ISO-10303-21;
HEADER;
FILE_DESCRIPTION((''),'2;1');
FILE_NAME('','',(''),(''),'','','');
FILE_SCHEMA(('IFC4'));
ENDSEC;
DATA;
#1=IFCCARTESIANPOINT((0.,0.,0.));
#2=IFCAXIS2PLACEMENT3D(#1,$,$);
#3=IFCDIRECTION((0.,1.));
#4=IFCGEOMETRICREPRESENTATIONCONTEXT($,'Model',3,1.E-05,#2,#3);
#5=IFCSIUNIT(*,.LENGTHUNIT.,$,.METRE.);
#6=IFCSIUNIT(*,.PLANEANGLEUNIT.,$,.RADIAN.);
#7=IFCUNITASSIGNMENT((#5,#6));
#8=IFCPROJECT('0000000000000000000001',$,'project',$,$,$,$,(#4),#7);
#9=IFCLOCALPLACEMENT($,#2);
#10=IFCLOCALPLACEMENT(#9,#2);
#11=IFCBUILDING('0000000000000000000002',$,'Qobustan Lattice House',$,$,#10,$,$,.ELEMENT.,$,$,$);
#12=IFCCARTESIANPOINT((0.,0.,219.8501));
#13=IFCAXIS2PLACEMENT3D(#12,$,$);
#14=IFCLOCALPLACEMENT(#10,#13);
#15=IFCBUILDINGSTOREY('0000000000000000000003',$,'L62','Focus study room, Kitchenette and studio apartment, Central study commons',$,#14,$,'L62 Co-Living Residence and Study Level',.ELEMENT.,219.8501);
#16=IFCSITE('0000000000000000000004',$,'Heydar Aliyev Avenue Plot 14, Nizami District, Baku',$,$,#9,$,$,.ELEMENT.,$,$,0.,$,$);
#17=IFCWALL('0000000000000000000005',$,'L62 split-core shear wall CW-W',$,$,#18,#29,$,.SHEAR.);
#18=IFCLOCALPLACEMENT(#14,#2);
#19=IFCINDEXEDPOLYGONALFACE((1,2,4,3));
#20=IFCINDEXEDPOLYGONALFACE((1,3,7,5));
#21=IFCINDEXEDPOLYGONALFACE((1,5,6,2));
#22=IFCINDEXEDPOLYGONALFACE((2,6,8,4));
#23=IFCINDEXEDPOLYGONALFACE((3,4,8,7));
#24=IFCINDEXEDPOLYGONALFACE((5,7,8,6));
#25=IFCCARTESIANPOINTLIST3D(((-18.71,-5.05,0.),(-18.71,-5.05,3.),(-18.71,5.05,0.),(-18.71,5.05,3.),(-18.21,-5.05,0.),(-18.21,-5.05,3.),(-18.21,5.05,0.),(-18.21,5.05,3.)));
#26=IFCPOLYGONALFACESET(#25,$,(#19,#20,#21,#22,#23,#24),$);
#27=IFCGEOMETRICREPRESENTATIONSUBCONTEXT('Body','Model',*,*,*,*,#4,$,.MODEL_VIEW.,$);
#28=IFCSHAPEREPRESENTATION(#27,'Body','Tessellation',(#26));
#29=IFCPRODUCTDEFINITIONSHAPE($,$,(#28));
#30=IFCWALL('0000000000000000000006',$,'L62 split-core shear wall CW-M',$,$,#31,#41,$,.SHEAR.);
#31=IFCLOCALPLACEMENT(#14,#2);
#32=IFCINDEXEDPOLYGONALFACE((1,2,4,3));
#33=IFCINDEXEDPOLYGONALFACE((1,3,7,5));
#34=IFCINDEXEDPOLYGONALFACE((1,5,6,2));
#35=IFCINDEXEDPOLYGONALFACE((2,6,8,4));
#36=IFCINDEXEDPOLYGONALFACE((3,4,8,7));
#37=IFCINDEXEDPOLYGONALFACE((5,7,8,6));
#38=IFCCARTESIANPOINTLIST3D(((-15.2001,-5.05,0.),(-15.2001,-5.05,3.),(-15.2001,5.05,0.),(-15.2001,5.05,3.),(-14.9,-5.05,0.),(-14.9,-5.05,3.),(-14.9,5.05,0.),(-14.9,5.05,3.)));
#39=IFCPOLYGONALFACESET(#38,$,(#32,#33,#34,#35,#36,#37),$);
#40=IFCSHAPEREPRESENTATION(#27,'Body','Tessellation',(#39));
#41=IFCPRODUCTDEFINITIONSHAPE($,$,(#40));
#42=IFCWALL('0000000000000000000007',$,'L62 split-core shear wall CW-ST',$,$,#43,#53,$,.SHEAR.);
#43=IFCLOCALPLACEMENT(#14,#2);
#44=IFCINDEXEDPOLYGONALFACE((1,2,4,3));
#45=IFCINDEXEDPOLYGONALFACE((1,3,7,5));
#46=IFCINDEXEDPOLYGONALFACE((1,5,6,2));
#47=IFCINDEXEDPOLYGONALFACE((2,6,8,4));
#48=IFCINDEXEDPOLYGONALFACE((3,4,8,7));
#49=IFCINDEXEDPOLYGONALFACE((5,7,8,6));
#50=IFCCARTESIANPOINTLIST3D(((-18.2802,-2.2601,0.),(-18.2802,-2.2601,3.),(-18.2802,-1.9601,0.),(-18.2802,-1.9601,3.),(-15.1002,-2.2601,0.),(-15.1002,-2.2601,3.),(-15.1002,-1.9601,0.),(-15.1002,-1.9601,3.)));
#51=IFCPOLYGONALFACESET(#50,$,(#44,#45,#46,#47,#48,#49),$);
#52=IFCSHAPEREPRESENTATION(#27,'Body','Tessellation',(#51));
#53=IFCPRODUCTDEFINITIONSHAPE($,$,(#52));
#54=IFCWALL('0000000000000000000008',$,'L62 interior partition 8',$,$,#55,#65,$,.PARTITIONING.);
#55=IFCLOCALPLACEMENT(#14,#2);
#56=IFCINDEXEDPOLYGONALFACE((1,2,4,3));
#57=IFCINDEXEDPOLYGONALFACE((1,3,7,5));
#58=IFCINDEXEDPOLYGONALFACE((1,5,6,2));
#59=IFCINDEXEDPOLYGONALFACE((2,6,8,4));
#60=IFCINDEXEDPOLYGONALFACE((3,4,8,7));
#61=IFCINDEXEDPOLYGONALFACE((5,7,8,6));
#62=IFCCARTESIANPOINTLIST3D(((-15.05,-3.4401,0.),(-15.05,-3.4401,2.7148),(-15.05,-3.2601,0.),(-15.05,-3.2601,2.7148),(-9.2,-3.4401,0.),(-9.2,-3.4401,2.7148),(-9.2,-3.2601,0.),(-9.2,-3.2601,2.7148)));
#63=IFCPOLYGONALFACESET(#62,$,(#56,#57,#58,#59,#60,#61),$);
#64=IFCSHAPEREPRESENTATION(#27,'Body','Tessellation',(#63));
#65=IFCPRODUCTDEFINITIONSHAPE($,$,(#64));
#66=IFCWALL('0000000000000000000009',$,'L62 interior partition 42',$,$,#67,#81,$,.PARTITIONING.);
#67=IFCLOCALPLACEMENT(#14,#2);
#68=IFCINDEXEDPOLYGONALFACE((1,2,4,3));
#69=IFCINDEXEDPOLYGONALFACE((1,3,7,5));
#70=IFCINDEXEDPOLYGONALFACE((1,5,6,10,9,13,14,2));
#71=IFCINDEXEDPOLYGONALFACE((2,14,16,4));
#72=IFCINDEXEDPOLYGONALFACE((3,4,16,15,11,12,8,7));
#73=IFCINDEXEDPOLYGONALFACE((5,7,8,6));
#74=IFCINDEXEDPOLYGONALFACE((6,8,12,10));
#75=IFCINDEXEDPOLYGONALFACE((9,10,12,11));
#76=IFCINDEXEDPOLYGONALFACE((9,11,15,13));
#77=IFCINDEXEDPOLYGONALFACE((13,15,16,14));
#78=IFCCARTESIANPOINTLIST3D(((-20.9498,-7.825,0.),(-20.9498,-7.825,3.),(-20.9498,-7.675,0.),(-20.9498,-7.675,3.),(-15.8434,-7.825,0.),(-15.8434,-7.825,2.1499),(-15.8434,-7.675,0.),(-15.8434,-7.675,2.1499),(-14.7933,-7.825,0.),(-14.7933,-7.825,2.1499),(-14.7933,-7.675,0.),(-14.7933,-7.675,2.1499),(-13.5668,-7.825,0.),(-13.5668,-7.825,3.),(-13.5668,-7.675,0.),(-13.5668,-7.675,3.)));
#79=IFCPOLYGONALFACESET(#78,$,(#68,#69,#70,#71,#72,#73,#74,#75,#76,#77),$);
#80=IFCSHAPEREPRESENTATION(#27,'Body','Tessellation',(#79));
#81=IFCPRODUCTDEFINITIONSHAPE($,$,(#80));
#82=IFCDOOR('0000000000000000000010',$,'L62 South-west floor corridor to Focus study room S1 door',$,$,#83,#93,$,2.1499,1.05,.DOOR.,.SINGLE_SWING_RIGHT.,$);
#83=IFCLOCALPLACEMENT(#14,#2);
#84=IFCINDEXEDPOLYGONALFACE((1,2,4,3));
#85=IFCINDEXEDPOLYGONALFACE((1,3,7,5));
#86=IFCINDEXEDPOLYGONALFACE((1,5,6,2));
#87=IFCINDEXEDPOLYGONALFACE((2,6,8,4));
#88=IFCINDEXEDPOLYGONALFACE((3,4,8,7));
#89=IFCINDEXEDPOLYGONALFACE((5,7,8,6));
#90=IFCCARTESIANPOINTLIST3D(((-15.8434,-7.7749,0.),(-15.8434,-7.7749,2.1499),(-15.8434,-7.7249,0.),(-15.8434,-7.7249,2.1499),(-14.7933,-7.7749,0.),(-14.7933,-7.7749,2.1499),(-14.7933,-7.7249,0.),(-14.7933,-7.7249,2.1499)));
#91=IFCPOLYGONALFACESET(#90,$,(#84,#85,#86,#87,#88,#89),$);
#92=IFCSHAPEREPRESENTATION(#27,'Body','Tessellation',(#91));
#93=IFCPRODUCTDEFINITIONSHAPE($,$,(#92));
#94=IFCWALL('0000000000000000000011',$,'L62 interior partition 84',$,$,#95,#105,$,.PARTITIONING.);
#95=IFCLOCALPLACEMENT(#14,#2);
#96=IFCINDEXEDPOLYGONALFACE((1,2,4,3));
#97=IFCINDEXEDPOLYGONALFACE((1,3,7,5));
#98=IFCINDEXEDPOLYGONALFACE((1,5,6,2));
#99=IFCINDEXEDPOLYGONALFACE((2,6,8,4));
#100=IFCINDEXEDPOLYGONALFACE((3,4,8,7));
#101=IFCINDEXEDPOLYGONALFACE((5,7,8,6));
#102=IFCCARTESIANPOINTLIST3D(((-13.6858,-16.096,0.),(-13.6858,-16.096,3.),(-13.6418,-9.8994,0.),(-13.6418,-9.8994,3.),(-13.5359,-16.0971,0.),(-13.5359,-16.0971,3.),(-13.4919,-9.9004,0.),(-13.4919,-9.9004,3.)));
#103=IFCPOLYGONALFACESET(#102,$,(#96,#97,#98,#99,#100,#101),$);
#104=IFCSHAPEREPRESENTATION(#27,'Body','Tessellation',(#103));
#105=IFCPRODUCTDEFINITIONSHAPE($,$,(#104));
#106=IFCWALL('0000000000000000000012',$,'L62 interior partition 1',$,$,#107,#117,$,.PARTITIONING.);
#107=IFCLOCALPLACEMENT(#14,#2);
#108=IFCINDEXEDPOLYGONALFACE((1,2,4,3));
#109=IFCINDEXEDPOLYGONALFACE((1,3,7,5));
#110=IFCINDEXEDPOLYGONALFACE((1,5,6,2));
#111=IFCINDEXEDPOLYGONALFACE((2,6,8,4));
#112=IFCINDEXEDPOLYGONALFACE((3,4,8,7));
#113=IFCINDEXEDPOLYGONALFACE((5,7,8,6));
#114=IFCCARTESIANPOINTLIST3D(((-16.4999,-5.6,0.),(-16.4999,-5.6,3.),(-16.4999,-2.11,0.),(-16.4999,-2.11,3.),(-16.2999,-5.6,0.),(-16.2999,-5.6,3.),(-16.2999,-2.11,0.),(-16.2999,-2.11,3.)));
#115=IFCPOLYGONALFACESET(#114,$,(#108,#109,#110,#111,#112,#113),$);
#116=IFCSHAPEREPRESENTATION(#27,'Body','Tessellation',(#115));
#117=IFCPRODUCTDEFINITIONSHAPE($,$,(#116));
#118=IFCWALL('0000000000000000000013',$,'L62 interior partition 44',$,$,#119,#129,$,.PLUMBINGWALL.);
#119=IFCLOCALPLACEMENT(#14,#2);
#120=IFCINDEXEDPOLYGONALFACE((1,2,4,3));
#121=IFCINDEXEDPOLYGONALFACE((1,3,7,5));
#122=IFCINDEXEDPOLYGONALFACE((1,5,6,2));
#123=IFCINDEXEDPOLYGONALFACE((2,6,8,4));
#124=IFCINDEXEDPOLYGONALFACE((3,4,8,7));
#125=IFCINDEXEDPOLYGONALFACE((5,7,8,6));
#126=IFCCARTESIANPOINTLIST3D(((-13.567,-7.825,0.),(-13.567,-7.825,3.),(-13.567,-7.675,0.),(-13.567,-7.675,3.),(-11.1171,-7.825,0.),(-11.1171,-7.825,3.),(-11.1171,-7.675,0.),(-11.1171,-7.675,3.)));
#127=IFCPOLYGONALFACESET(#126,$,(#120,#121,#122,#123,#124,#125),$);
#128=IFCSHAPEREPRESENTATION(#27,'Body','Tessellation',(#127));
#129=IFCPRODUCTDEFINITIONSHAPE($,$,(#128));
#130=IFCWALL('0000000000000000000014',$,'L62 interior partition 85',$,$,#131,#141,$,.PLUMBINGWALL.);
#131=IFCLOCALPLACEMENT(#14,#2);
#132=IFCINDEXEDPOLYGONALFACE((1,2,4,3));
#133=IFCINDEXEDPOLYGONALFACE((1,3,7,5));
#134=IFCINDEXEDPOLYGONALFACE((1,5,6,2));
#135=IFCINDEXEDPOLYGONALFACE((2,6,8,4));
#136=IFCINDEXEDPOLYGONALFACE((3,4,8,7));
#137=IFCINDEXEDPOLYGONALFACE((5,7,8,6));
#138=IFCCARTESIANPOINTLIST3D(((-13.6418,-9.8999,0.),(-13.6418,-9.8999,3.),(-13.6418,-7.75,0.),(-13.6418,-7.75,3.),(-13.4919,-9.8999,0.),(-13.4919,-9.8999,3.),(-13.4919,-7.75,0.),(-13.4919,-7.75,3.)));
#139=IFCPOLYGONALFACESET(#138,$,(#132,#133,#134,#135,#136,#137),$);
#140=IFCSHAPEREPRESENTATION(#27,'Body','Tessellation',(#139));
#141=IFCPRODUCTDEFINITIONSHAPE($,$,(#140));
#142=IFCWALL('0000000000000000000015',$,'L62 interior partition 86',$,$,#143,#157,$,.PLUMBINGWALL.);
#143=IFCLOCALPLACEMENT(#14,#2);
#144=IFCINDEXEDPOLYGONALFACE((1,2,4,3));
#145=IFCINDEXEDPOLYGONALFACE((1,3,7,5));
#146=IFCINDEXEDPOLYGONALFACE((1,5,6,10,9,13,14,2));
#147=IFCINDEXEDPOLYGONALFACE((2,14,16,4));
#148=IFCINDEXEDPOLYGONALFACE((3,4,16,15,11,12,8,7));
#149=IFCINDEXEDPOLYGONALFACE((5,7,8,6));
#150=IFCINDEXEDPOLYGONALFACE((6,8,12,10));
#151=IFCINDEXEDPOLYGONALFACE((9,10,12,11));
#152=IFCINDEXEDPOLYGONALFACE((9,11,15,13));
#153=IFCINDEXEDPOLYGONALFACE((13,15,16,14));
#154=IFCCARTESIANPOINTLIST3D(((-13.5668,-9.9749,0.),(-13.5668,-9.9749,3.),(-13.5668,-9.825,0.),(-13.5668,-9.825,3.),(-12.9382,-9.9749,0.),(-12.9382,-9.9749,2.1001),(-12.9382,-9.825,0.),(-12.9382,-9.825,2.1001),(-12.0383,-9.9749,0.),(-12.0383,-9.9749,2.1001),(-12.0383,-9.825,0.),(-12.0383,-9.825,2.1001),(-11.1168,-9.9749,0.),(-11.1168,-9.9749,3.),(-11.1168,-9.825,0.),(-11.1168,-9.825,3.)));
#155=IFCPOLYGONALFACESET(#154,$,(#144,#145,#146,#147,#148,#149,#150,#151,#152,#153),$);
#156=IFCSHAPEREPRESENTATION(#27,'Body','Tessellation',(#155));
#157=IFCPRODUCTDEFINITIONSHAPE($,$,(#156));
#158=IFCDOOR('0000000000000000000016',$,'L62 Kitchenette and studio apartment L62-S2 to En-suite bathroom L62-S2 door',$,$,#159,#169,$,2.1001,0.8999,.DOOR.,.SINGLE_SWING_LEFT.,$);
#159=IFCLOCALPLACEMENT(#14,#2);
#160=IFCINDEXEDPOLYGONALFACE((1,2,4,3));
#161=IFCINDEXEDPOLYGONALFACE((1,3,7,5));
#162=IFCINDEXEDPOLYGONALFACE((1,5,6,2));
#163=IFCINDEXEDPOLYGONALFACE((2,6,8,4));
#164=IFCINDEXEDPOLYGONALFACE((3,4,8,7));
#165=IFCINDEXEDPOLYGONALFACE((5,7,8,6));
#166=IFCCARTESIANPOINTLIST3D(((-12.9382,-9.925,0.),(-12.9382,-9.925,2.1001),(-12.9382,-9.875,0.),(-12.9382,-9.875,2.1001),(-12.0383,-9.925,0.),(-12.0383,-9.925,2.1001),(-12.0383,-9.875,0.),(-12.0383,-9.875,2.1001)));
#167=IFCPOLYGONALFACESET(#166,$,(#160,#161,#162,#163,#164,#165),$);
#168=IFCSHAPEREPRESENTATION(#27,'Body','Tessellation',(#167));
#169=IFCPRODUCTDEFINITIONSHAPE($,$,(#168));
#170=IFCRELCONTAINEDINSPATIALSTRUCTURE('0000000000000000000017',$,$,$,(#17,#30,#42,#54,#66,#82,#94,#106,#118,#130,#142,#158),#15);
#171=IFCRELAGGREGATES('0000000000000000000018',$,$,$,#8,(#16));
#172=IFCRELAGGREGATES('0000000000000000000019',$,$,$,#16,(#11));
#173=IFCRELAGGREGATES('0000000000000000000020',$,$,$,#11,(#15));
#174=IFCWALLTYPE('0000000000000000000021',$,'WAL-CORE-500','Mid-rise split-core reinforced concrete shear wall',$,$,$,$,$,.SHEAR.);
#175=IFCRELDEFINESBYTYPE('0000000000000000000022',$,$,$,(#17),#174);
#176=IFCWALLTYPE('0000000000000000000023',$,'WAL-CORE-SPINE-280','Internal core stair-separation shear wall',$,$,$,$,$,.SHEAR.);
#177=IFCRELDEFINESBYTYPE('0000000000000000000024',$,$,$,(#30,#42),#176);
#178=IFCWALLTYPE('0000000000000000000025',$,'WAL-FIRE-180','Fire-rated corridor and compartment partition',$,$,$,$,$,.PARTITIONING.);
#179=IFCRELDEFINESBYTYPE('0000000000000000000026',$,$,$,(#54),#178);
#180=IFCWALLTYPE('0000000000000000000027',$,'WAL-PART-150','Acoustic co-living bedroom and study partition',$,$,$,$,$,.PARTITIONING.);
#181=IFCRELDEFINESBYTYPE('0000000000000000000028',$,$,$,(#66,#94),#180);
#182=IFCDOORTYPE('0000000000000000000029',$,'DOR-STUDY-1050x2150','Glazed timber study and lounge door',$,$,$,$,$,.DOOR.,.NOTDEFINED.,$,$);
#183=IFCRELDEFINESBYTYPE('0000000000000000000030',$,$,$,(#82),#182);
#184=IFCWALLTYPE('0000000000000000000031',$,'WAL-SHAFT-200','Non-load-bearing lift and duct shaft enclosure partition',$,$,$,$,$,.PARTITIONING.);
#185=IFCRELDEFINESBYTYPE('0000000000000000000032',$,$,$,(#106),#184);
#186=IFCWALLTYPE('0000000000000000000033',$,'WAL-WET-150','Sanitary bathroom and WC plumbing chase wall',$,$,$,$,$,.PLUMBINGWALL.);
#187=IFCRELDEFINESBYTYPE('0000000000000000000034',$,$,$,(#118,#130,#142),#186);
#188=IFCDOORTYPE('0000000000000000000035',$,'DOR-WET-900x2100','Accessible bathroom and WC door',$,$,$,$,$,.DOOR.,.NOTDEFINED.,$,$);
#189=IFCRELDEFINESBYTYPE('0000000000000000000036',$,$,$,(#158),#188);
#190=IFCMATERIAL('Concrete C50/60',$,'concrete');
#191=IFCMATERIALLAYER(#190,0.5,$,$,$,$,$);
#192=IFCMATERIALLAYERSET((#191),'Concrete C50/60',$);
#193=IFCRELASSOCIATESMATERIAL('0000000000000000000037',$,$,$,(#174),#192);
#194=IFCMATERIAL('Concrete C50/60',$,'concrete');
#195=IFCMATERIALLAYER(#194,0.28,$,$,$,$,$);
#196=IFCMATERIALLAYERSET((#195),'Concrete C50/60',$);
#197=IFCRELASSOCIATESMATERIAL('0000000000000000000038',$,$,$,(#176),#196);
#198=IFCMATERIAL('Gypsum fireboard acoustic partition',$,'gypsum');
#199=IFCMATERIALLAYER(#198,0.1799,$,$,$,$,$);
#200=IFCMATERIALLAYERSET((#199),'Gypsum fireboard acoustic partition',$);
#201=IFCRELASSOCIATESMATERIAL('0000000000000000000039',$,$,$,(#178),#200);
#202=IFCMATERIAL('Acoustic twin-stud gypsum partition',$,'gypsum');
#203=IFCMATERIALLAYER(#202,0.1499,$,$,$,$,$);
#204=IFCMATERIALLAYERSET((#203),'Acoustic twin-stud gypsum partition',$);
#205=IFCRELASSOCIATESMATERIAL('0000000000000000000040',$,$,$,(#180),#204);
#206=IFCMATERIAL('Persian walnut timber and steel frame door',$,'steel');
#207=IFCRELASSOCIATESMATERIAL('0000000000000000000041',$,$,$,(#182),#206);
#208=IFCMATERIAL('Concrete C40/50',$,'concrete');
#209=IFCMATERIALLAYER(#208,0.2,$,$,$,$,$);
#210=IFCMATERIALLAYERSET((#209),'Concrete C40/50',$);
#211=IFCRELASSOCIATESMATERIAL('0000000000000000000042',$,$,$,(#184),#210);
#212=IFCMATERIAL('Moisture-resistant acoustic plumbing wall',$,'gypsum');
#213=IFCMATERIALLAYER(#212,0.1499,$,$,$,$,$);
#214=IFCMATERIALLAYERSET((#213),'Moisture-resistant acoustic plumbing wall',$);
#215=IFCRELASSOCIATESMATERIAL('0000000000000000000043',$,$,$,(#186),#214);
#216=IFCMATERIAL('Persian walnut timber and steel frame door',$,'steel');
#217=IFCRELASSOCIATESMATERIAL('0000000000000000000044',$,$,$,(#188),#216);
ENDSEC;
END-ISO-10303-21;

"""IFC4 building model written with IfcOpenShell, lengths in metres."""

from ifc_helpers import new_model, si_unit, direction, frame, frame_2d, origin, place, context, subcontext, project, spatial, rectangle, extrude, material, layer, layer_set, type_object, element, fill, save


model = new_model("IFC4")

# Units and contexts
model_context = context("Model", 3, precision=1e-05, world=origin(), true_north=direction((0.0, 1.0)))
body_context = subcontext(model_context, "Body", "Model", "MODEL_VIEW")
ifc_project = project(units=[si_unit("LENGTHUNIT", "METRE"), si_unit("PLANEANGLEUNIT", "RADIAN")], contexts=[model_context])

# Site, building, storey
site_placement = place(None, origin())
site = spatial("IfcSite", under=ifc_project, at=site_placement, Name="Heydar Aliyev Avenue Plot 14, Nizami District, Baku", CompositionType="ELEMENT", RefElevation=0.0)
building_placement = place(site_placement, origin())
building = spatial("IfcBuilding", under=site, at=building_placement, Name="Qobustan Lattice House", CompositionType="ELEMENT")
storey_placement = place(building_placement, frame((0.0, 0.0, 219.8501)))
storey = spatial("IfcBuildingStorey", under=building, at=storey_placement, Name="L62", Description="Focus study room, Kitchenette and studio apartment, Central study commons", LongName="L62 Co-Living Residence and Study Level", CompositionType="ELEMENT", Elevation=219.8501)

# Walls
ifc_material_1 = material(Name="Concrete C50/60", Category="concrete")
ifc_layer_1 = layer(ifc_material_1, 0.5)
ifc_layer_set_1 = layer_set([ifc_layer_1], Name="Concrete C50/60")
wall_type_1 = type_object("IfcWallType", Name="WAL-CORE-500", Description="Mid-rise split-core reinforced concrete shear wall", PredefinedType="SHEAR", material=ifc_layer_set_1)
wall_1_placement = place(storey_placement, frame((-18.46, -5.05, 0.0), z_axis=(0.0, 0.0, 1.0), x_axis=(0.0, 1.0, 0.0)))
element("IfcWall", 1, at=wall_1_placement, inside=storey, type_object=wall_type_1, Name="L62 split-core shear wall CW-W", PredefinedType="SHEAR", context=body_context, shape_type="SweptSolid", body=[
    extrude(rectangle(XDim=10.1001, YDim=0.5, at=frame_2d((5.05, 0.0))), origin(), (0.0, 0.0, 1.0), 3.0),
])
ifc_material_2 = material(Name="Concrete C50/60", Category="concrete")
ifc_layer_2 = layer(ifc_material_2, 0.28)
ifc_layer_set_2 = layer_set([ifc_layer_2], Name="Concrete C50/60")
wall_type_2 = type_object("IfcWallType", Name="WAL-CORE-SPINE-280", Description="Internal core stair-separation shear wall", PredefinedType="SHEAR", material=ifc_layer_set_2)
wall_2_placement = place(storey_placement, frame((-15.05, -5.05, 0.0), z_axis=(0.0, 0.0, 1.0), x_axis=(0.0, 1.0, 0.0)))
element("IfcWall", 2, at=wall_2_placement, inside=storey, type_object=wall_type_2, Name="L62 split-core shear wall CW-M", PredefinedType="SHEAR", context=body_context, shape_type="SweptSolid", body=[
    extrude(rectangle(XDim=10.1001, YDim=0.3, at=frame_2d((5.05, 0.0))), origin(), (0.0, 0.0, 1.0), 3.0),
])
wall_3_placement = place(storey_placement, frame((-18.28, -2.1101, 0.0), z_axis=(0.0, 0.0, 1.0), x_axis=(1.0, 0.0, 0.0)))
element("IfcWall", 3, at=wall_3_placement, inside=storey, type_object=wall_type_2, Name="L62 split-core shear wall CW-ST", PredefinedType="SHEAR", context=body_context, shape_type="SweptSolid", body=[
    extrude(rectangle(XDim=3.1799, YDim=0.3, at=frame_2d((1.5898, 0.0))), origin(), (0.0, 0.0, 1.0), 3.0),
])
ifc_material_3 = material(Name="Gypsum fireboard acoustic partition", Category="gypsum")
ifc_layer_3 = layer(ifc_material_3, 0.1799)
ifc_layer_set_3 = layer_set([ifc_layer_3], Name="Gypsum fireboard acoustic partition")
wall_type_3 = type_object("IfcWallType", Name="WAL-FIRE-180", Description="Fire-rated corridor and compartment partition", PredefinedType="PARTITIONING", material=ifc_layer_set_3)
wall_4_placement = place(storey_placement, frame((-15.05, -3.3501, 0.0), z_axis=(0.0, 0.0, 1.0), x_axis=(1.0, 0.0, 0.0)))
element("IfcWall", 4, at=wall_4_placement, inside=storey, type_object=wall_type_3, Name="L62 interior partition 8", PredefinedType="PARTITIONING", context=body_context, shape_type="SweptSolid", body=[
    extrude(rectangle(XDim=5.8501, YDim=0.1799, at=frame_2d((2.925, 0.0))), origin(), (0.0, 0.0, 1.0), 2.7148),
])

# Wall, opening, door
ifc_material_4 = material(Name="Acoustic twin-stud gypsum partition", Category="gypsum")
ifc_layer_4 = layer(ifc_material_4, 0.1499)
ifc_layer_set_4 = layer_set([ifc_layer_4], Name="Acoustic twin-stud gypsum partition")
wall_type_4 = type_object("IfcWallType", Name="WAL-PART-150", Description="Acoustic co-living bedroom and study partition", PredefinedType="PARTITIONING", material=ifc_layer_set_4)
wall_5_placement = place(storey_placement, frame((-13.5669, -7.75, 0.0), z_axis=(0.0, 0.0, 1.0), x_axis=(-1.0, 0.0, 0.0)))
wall_5 = element("IfcWall", 5, at=wall_5_placement, inside=storey, type_object=wall_type_4, Name="L62 interior partition 42", PredefinedType="PARTITIONING", context=body_context, shape_type="SweptSolid", body=[
    extrude(rectangle(XDim=7.3831, YDim=0.1499, at=frame_2d((3.6914, 0.0))), origin(), (0.0, 0.0, 1.0), 3.0),
])
opening_1_placement = place(wall_5_placement, frame((1.2266, 0.0, 0.0)))
opening_1 = element("IfcOpeningElement", 6, at=opening_1_placement, cuts=wall_5, PredefinedType="OPENING", context=body_context, shape_type="SweptSolid", body=[
    extrude(rectangle(XDim=1.05, YDim=2.1499, at=frame_2d((0.5249, 1.075))), frame((0.0, 0.085, 0.0), z_axis=(0.0, -1.0, 0.0), x_axis=(1.0, 0.0, 0.0)), (0.0, 0.0, 1.0), 0.1699),
])
ifc_material_5 = material(Name="Persian walnut timber and steel frame door", Category="steel")
door_type_1 = type_object("IfcDoorType", Name="DOR-STUDY-1050x2150", Description="Glazed timber study and lounge door", OperationType="NOTDEFINED", PredefinedType="DOOR", material=ifc_material_5)
door_1_placement = place(opening_1_placement, origin())
door_1 = element("IfcDoor", 7, at=door_1_placement, inside=storey, type_object=door_type_1, Name="L62 South-west floor corridor to Focus study room S1 door", OperationType="SINGLE_SWING_RIGHT", OverallHeight=2.1499, OverallWidth=1.05, PredefinedType="DOOR", context=body_context, shape_type="SweptSolid", body=[
    extrude(rectangle(XDim=1.05, YDim=2.1499, at=frame_2d((0.5249, 1.075))), frame((0.0, 0.0249, 0.0), z_axis=(0.0, -1.0, 0.0), x_axis=(1.0, 0.0, 0.0)), (0.0, 0.0, 1.0), 0.05),
])
fill(opening_1, door_1)

# Walls
wall_6_placement = place(storey_placement, frame((-13.5669, -9.8999, 0.0), z_axis=(0.0, 0.0, 1.0), x_axis=(-0.007092, -0.999975, 0.0)))
element("IfcWall", 8, at=wall_6_placement, inside=storey, type_object=wall_type_4, Name="L62 interior partition 84", PredefinedType="PARTITIONING", context=body_context, shape_type="SweptSolid", body=[
    extrude(rectangle(XDim=6.1968, YDim=0.1499, at=frame_2d((3.0984, 0.0))), origin(), (0.0, 0.0, 1.0), 3.0),
])
ifc_material_6 = material(Name="Concrete C40/50", Category="concrete")
ifc_layer_5 = layer(ifc_material_6, 0.2)
ifc_layer_set_5 = layer_set([ifc_layer_5], Name="Concrete C40/50")
wall_type_5 = type_object("IfcWallType", Name="WAL-SHAFT-200", Description="Non-load-bearing lift and duct shaft enclosure partition", PredefinedType="PARTITIONING", material=ifc_layer_set_5)
wall_7_placement = place(storey_placement, frame((-16.3999, -5.6001, 0.0), z_axis=(0.0, 0.0, 1.0), x_axis=(0.0, 1.0, 0.0)))
element("IfcWall", 9, at=wall_7_placement, inside=storey, type_object=wall_type_5, Name="L62 interior partition 1", PredefinedType="PARTITIONING", context=body_context, shape_type="SweptSolid", body=[
    extrude(rectangle(XDim=3.49, YDim=0.2, at=frame_2d((1.7451, 0.0))), origin(), (0.0, 0.0, 1.0), 3.0),
])
ifc_material_7 = material(Name="Moisture-resistant acoustic plumbing wall", Category="gypsum")
ifc_layer_6 = layer(ifc_material_7, 0.1499)
ifc_layer_set_6 = layer_set([ifc_layer_6], Name="Moisture-resistant acoustic plumbing wall")
wall_type_6 = type_object("IfcWallType", Name="WAL-WET-150", Description="Sanitary bathroom and WC plumbing chase wall", PredefinedType="PLUMBINGWALL", material=ifc_layer_set_6)
wall_8_placement = place(storey_placement, frame((-11.1169, -7.75, 0.0), z_axis=(0.0, 0.0, 1.0), x_axis=(-1.0, 0.0, 0.0)))
element("IfcWall", 10, at=wall_8_placement, inside=storey, type_object=wall_type_6, Name="L62 interior partition 44", PredefinedType="PLUMBINGWALL", context=body_context, shape_type="SweptSolid", body=[
    extrude(rectangle(XDim=2.45, YDim=0.1499, at=frame_2d((1.2251, 0.0))), origin(), (0.0, 0.0, 1.0), 3.0),
])
wall_9_placement = place(storey_placement, frame((-13.5669, -7.75, 0.0), z_axis=(0.0, 0.0, 1.0), x_axis=(0.0, -1.0, 0.0)))
element("IfcWall", 11, at=wall_9_placement, inside=storey, type_object=wall_type_6, Name="L62 interior partition 85", PredefinedType="PLUMBINGWALL", context=body_context, shape_type="SweptSolid", body=[
    extrude(rectangle(XDim=2.1499, YDim=0.1499, at=frame_2d((1.075, 0.0))), origin(), (0.0, 0.0, 1.0), 3.0),
])

# Wall, opening, door
wall_10_placement = place(storey_placement, frame((-13.5669, -9.8999, 0.0), z_axis=(0.0, 0.0, 1.0), x_axis=(1.0, 0.0, 0.0)))
wall_10 = element("IfcWall", 12, at=wall_10_placement, inside=storey, type_object=wall_type_6, Name="L62 interior partition 86", PredefinedType="PLUMBINGWALL", context=body_context, shape_type="SweptSolid", body=[
    extrude(rectangle(XDim=2.45, YDim=0.1499, at=frame_2d((1.2251, 0.0))), origin(), (0.0, 0.0, 1.0), 3.0),
])
opening_2_placement = place(wall_10_placement, frame((0.6287, 0.0, 0.0)))
opening_2 = element("IfcOpeningElement", 13, at=opening_2_placement, cuts=wall_10, PredefinedType="OPENING", context=body_context, shape_type="SweptSolid", body=[
    extrude(rectangle(XDim=0.8999, YDim=2.1001, at=frame_2d((0.45, 1.05))), frame((0.0, 0.085, 0.0), z_axis=(0.0, -1.0, 0.0), x_axis=(1.0, 0.0, 0.0)), (0.0, 0.0, 1.0), 0.1699),
])
ifc_material_8 = material(Name="Persian walnut timber and steel frame door", Category="steel")
door_type_2 = type_object("IfcDoorType", Name="DOR-WET-900x2100", Description="Accessible bathroom and WC door", OperationType="NOTDEFINED", PredefinedType="DOOR", material=ifc_material_8)
door_2_placement = place(opening_2_placement, origin())
door_2 = element("IfcDoor", 14, at=door_2_placement, inside=storey, type_object=door_type_2, Name="L62 Kitchenette and studio apartment L62-S2 to En-suite bathroom L62-S2 door", OperationType="SINGLE_SWING_LEFT", OverallHeight=2.1001, OverallWidth=0.8999, PredefinedType="DOOR", context=body_context, shape_type="SweptSolid", body=[
    extrude(rectangle(XDim=0.8999, YDim=2.1001, at=frame_2d((0.45, 1.05))), frame((0.0, 0.0249, 0.0), z_axis=(0.0, -1.0, 0.0), x_axis=(1.0, 0.0, 0.0)), (0.0, 0.0, 1.0), 0.05),
])
fill(opening_2, door_2)

save(model, "model.ifc")
